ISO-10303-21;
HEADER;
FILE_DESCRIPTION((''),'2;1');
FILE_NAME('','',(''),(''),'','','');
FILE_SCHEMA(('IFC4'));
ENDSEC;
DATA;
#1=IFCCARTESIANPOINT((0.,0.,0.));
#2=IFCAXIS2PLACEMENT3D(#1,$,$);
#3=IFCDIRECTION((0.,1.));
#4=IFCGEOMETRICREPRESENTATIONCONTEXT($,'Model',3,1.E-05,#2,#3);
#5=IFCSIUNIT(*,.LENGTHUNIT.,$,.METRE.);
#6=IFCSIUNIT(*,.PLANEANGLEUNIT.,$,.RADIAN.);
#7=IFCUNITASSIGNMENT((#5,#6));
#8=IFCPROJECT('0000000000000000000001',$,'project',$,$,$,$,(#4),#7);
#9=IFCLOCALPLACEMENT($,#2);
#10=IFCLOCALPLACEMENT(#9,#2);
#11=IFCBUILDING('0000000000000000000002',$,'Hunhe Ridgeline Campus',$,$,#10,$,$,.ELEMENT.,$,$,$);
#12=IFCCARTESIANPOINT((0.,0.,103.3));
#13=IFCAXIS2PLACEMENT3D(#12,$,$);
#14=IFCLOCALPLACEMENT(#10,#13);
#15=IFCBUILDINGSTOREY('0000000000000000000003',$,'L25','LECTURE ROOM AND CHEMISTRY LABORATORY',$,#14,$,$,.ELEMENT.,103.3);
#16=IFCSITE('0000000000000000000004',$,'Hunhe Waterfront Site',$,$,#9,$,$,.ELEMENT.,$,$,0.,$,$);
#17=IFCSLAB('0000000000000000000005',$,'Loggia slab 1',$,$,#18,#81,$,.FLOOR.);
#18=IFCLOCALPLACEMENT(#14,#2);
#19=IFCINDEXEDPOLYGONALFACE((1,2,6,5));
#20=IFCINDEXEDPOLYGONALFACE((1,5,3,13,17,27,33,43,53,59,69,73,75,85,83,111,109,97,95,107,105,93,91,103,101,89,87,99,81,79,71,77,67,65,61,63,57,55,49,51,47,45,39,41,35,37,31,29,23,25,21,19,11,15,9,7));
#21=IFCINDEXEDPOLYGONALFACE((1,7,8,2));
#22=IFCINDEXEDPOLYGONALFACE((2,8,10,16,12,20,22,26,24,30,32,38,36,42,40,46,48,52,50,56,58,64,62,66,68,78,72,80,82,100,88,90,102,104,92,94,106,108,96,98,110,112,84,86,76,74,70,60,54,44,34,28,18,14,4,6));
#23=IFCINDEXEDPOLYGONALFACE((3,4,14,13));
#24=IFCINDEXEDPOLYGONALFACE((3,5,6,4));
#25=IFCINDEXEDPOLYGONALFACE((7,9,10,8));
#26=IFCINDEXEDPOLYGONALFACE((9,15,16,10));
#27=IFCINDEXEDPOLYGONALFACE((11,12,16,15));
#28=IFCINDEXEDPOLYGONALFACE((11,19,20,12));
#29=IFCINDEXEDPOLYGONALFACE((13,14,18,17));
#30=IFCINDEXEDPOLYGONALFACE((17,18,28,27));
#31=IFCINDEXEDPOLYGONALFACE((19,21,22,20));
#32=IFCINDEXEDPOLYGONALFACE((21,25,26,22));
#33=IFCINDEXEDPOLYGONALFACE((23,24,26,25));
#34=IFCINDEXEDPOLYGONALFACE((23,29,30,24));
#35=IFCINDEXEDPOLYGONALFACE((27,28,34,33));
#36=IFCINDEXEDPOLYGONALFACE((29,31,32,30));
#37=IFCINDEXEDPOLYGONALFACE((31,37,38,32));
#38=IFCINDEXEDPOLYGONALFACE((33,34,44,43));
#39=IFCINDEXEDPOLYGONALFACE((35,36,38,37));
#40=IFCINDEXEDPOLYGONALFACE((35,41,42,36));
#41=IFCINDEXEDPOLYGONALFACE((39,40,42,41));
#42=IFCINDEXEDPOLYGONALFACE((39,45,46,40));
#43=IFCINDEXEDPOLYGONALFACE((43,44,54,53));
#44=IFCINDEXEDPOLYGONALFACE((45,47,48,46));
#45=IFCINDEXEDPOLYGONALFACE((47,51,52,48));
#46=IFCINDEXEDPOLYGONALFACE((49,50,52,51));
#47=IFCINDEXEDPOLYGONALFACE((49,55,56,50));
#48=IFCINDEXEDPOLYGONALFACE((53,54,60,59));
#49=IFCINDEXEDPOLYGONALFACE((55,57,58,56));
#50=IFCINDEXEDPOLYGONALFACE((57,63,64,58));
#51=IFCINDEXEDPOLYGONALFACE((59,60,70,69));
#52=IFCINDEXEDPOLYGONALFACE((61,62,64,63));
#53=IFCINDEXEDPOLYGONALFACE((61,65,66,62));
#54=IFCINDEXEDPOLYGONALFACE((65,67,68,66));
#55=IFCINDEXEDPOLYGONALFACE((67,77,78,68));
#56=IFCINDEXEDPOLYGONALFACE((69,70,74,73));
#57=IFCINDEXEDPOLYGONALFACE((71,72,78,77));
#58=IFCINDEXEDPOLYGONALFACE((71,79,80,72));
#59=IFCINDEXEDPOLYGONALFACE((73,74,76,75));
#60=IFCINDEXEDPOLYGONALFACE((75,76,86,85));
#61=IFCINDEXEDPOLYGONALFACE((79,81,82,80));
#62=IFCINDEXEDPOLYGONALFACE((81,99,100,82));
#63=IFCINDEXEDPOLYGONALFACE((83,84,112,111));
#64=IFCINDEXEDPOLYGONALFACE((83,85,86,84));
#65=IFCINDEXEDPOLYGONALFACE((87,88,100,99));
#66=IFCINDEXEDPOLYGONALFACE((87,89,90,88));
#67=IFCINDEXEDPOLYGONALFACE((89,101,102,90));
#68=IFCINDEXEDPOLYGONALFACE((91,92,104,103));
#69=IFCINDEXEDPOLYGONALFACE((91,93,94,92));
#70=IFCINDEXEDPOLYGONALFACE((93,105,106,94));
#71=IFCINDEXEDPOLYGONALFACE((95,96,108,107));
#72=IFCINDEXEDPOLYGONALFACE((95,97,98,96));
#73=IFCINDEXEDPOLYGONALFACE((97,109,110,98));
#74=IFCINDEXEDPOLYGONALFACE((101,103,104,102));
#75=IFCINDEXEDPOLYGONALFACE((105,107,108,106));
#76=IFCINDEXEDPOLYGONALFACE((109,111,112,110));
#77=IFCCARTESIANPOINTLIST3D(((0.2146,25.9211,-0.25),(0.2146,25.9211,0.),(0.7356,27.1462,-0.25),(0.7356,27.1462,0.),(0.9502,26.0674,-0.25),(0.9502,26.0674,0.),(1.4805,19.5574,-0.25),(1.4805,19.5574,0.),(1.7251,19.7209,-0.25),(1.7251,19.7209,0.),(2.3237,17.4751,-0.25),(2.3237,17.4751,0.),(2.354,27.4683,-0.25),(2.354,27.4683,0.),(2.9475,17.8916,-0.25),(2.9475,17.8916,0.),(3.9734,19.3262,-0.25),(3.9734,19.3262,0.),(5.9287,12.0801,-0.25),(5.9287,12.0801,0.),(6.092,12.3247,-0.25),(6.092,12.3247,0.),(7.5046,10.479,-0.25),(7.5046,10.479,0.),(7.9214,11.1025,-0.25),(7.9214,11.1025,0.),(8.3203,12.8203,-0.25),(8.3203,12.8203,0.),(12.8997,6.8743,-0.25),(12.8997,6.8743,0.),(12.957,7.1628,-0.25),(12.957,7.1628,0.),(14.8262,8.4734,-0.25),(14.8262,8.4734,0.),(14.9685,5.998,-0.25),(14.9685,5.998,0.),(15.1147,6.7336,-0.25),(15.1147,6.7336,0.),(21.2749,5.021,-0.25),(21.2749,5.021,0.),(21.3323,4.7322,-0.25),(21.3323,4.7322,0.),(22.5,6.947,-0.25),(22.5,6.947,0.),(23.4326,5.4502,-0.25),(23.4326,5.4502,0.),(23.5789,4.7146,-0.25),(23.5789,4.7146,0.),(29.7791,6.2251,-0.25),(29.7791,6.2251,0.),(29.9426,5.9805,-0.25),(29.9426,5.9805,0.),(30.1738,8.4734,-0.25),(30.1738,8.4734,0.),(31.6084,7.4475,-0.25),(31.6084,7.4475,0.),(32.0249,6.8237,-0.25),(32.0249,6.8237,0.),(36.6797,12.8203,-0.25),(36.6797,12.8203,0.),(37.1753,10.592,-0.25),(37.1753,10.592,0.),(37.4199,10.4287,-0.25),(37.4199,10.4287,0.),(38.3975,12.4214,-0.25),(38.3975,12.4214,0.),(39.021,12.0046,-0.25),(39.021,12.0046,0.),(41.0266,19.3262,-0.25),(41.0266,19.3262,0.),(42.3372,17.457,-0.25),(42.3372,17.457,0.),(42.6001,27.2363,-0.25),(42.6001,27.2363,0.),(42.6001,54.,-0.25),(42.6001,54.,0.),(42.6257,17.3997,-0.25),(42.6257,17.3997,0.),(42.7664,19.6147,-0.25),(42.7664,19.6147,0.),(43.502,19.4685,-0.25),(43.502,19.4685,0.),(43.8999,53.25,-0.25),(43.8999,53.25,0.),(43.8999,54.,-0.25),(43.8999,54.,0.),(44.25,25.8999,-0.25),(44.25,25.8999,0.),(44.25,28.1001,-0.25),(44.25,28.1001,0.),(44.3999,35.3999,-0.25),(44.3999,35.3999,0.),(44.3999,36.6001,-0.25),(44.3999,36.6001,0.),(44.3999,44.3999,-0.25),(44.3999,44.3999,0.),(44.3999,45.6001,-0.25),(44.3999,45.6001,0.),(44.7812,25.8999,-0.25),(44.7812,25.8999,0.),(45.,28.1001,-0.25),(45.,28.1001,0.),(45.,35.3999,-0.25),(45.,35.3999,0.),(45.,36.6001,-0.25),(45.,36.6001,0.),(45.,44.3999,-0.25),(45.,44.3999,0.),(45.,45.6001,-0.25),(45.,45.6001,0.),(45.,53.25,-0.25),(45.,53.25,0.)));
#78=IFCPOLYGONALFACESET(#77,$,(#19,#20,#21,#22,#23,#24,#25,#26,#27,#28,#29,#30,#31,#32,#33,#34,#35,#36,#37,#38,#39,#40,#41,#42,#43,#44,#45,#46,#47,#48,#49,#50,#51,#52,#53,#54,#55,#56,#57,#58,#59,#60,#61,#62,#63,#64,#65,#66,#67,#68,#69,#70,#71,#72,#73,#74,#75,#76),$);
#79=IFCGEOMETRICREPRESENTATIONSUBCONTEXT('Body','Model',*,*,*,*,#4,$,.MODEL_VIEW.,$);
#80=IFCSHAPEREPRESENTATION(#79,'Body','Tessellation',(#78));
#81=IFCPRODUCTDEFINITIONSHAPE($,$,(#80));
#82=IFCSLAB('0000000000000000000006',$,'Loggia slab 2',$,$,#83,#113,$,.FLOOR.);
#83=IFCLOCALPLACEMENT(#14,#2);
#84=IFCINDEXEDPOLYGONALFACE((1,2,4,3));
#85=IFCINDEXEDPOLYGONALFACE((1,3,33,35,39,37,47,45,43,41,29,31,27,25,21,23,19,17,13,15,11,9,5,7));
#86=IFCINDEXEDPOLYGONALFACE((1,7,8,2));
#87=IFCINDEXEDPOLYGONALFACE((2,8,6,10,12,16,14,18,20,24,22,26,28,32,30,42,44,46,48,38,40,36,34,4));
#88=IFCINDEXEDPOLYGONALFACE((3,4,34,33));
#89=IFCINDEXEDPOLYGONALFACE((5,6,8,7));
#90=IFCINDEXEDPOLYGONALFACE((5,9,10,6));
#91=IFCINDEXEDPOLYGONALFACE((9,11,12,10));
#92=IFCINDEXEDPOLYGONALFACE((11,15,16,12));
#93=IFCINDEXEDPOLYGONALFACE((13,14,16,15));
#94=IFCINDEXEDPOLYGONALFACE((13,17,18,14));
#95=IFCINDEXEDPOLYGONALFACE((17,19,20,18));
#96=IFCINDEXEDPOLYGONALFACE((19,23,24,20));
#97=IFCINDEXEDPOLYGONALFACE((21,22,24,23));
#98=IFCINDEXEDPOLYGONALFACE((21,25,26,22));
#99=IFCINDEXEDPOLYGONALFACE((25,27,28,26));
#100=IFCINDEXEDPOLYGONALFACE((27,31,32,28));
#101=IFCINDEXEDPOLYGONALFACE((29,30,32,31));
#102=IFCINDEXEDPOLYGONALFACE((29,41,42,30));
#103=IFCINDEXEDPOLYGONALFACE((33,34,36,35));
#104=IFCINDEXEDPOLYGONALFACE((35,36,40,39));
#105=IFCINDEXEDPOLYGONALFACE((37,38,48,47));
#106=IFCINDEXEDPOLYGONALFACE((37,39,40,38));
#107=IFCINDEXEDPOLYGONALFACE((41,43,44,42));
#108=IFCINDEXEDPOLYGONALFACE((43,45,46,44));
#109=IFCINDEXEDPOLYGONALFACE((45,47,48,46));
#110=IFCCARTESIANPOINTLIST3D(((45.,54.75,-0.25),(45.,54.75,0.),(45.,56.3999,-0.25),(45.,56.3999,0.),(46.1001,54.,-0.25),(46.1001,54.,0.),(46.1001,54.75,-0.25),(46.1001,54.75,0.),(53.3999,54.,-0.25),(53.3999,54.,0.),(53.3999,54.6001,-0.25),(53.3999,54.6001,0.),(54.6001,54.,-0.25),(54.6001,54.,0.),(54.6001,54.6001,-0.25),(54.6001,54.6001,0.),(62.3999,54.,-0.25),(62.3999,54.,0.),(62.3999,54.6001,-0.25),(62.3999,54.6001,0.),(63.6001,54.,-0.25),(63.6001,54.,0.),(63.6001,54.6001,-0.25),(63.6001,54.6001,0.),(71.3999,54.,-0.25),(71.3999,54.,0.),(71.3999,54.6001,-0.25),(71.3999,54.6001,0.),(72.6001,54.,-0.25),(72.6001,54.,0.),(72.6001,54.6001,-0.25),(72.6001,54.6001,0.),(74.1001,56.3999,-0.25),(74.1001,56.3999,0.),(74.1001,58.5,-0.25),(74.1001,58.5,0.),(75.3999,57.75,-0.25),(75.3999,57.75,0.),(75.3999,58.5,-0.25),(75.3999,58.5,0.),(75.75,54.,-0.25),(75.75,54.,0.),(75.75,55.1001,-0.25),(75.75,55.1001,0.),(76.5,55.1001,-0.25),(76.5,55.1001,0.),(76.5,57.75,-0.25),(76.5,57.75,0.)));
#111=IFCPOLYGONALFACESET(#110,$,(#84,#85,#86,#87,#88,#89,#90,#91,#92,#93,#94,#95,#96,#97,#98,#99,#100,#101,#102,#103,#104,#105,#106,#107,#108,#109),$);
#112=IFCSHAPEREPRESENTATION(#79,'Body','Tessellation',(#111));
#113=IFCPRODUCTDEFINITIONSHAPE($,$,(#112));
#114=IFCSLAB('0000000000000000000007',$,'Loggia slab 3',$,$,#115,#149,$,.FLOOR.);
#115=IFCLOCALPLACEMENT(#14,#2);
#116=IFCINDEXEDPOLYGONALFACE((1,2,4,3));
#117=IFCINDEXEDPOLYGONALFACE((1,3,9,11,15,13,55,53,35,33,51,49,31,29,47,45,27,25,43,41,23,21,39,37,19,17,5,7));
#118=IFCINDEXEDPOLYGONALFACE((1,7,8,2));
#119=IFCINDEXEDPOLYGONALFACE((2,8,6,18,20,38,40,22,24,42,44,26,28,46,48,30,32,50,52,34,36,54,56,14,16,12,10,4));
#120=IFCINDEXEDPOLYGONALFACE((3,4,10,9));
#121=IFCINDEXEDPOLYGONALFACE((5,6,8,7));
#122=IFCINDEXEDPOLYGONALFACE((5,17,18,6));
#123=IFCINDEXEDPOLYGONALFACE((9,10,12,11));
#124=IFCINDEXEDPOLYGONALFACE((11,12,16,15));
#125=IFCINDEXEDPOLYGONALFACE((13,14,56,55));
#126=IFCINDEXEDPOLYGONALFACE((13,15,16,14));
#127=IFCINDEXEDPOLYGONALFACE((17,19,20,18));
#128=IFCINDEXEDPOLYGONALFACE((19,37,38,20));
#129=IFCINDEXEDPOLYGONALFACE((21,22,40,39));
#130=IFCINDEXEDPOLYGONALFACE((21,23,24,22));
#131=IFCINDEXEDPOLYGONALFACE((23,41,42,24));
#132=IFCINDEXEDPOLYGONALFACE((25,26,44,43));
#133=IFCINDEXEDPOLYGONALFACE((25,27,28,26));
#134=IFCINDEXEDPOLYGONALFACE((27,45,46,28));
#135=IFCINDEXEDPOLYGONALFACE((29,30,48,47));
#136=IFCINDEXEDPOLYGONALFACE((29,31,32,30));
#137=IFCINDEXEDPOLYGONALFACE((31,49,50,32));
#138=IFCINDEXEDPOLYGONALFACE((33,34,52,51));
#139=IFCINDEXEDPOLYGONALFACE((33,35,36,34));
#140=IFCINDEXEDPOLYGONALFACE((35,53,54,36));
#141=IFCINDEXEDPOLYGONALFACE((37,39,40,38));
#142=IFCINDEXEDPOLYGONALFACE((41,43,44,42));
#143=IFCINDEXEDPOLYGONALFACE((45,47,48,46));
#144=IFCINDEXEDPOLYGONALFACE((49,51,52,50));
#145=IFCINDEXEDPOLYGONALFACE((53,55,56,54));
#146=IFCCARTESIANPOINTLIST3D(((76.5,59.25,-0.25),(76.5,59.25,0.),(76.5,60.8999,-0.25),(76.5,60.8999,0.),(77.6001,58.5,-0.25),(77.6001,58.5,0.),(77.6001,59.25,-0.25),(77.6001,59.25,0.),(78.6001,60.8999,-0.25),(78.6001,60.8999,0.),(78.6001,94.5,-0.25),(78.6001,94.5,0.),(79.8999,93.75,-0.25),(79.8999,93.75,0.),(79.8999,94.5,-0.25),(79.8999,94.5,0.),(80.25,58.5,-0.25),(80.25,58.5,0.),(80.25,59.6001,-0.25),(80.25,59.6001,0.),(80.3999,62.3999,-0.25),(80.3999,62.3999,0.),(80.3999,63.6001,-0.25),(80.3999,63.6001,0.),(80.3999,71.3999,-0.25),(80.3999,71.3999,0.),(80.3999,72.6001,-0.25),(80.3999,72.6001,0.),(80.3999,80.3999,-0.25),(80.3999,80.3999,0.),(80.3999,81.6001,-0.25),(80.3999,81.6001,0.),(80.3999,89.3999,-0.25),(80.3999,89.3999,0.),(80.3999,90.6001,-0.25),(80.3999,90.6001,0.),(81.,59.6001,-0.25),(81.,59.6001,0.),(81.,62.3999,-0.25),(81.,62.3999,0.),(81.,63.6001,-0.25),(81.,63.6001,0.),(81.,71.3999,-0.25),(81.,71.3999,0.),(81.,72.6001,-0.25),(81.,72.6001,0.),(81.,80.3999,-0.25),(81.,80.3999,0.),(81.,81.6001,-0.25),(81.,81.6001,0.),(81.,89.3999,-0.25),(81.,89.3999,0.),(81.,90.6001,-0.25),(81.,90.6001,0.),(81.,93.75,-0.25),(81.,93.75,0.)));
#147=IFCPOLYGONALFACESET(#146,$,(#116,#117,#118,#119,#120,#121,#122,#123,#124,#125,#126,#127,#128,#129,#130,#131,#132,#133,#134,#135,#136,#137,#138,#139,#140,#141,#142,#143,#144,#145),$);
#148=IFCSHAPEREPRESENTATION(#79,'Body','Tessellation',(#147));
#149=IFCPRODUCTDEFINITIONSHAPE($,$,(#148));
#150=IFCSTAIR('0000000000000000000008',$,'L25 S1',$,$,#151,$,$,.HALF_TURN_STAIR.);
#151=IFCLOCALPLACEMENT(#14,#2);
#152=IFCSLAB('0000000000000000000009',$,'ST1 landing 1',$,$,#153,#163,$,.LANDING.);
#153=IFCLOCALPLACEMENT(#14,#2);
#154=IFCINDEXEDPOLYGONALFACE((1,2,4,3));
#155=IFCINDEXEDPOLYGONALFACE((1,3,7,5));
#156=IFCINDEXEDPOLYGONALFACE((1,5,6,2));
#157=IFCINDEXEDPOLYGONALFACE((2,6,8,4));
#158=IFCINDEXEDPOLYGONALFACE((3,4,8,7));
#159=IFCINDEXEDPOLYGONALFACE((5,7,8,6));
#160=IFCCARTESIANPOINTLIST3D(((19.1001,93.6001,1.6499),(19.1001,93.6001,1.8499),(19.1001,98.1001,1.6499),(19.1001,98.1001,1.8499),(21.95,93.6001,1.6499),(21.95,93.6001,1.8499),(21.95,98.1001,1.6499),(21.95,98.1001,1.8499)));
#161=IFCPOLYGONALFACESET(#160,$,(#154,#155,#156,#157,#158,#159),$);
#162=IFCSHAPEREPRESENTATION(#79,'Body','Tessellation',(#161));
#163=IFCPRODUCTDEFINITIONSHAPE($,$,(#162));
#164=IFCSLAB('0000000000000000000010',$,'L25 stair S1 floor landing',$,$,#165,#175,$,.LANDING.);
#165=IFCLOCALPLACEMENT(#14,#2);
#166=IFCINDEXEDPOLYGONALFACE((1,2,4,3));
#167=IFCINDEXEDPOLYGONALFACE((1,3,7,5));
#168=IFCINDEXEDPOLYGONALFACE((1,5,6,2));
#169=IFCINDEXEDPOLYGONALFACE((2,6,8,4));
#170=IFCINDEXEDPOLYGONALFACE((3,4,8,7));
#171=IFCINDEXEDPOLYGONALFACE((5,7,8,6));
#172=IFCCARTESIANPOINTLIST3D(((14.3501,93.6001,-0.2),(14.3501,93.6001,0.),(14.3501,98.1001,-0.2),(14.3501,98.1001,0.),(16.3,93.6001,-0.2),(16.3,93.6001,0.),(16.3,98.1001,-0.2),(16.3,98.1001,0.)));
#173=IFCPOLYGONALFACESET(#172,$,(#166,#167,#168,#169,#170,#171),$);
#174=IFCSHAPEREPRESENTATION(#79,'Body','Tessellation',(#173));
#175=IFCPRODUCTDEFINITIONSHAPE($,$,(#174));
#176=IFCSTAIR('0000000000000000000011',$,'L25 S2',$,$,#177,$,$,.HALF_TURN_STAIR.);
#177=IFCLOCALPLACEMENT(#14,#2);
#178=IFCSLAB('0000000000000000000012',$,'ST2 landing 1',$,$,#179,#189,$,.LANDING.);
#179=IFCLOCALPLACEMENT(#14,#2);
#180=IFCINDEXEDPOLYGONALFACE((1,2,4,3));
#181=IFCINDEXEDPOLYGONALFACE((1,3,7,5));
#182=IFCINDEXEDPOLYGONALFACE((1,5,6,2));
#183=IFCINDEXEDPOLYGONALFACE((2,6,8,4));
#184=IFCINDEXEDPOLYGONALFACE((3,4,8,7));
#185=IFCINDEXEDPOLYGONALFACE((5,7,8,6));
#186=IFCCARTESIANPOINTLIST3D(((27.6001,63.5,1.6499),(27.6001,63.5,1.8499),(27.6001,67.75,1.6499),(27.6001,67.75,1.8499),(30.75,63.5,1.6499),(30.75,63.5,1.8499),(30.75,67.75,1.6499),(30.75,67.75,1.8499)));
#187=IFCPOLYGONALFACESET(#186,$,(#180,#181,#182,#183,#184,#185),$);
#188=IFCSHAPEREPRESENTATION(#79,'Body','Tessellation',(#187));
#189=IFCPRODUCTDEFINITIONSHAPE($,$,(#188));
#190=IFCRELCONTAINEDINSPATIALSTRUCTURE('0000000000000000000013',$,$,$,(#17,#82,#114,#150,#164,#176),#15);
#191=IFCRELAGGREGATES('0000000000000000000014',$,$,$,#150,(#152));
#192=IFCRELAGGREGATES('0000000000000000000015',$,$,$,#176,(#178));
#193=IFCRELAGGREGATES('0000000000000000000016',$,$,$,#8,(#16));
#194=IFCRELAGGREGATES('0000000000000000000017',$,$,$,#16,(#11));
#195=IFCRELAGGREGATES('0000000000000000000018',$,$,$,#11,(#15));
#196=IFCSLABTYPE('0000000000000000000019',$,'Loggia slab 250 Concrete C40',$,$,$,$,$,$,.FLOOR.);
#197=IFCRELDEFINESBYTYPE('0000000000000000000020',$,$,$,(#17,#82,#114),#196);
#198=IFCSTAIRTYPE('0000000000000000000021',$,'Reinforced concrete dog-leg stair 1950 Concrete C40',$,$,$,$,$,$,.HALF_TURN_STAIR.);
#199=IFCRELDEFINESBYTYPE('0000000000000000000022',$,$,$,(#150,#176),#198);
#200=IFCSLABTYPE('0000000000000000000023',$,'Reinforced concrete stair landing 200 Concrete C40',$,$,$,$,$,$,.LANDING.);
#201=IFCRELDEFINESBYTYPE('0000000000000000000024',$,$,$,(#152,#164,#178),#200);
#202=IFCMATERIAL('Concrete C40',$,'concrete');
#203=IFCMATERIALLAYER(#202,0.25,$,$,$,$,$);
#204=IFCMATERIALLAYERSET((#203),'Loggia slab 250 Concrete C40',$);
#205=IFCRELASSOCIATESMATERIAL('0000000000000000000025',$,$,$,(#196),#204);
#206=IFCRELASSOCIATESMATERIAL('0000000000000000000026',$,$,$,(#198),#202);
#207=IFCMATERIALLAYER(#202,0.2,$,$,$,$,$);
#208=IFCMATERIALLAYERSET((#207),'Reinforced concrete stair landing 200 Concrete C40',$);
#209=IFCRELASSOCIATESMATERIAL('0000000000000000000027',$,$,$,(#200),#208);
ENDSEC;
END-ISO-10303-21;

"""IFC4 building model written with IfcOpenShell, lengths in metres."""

from ifc_helpers import new_model, si_unit, direction, frame, origin, place, context, subcontext, project, spatial, polyline, outline, extrude, material, layer, layer_set, type_object, element, aggregate, save


model = new_model("IFC4")

# Units and contexts
model_context = context("Model", 3, precision=1e-05, world=origin(), true_north=direction((0.0, 1.0)))
body_context = subcontext(model_context, "Body", "Model", "MODEL_VIEW")
ifc_project = project(units=[si_unit("LENGTHUNIT", "METRE"), si_unit("PLANEANGLEUNIT", "RADIAN")], contexts=[model_context])

# Site, building, storey
site_placement = place(None, origin())
site = spatial("IfcSite", under=ifc_project, at=site_placement, Name="Hunhe Waterfront Site", CompositionType="ELEMENT", RefElevation=0.0)
building_placement = place(site_placement, origin())
building = spatial("IfcBuilding", under=site, at=building_placement, Name="Hunhe Ridgeline Campus", CompositionType="ELEMENT")
storey_placement = place(building_placement, frame((0.0, 0.0, 103.3)))
storey = spatial("IfcBuildingStorey", under=building, at=storey_placement, Name="L25", Description="LECTURE ROOM AND CHEMISTRY LABORATORY", CompositionType="ELEMENT", Elevation=103.3)

# Slabs
ifc_material_1 = material(Name="Concrete C40", Category="concrete")
ifc_layer_1 = layer(ifc_material_1, 0.25)
ifc_layer_set_1 = layer_set([ifc_layer_1], Name="Loggia slab 250 Concrete C40")
slab_type_1 = type_object("IfcSlabType", Name="Loggia slab 250 Concrete C40", PredefinedType="FLOOR", material=ifc_layer_set_1)
slab_1_placement = place(storey_placement, frame((0.0, 0.0, -0.25)))
element("IfcSlab", 1, at=slab_1_placement, inside=storey, type_object=slab_type_1, Name="Loggia slab 1", PredefinedType="FLOOR", context=body_context, shape_type="SweptSolid", body=[
    extrude(outline(polyline([(30.1738, 8.4734), (22.5, 6.947), (14.8262, 8.4734), (8.3203, 12.8203), (3.9734, 19.3262), (2.354, 27.4683), (0.7356, 27.1462), (0.9502, 26.0674), (0.2146, 25.9211), (1.4805, 19.5574), (1.7251, 19.7209), (2.9475, 17.8916), (2.3237, 17.4751), (5.9287, 12.0801), (6.092, 12.3247), (7.9214, 11.1025), (7.5046, 10.479), (12.8997, 6.8743), (12.957, 7.1628), (15.1147, 6.7336), (14.9685, 5.998), (21.3323, 4.7322), (21.2749, 5.021), (23.4326, 5.4502), (23.5789, 4.7146), (29.9426, 5.9805), (29.7791, 6.2251), (31.6084, 7.4475), (32.0249, 6.8237), (37.4199, 10.4287), (37.1753, 10.592), (38.3975, 12.4214), (39.021, 12.0046), (42.6257, 17.3997), (42.3372, 17.457), (42.7664, 19.6147), (43.502, 19.4685), (44.7812, 25.8999), (44.25, 25.8999), (44.25, 28.1001), (45.0, 28.1001), (45.0, 35.3999), (44.3999, 35.3999), (44.3999, 36.6001), (45.0, 36.6001), (45.0, 44.3999), (44.3999, 44.3999), (44.3999, 45.6001), (45.0, 45.6001), (45.0, 53.25), (43.8999, 53.25), (43.8999, 54.0), (42.6001, 54.0), (42.6001, 27.2363), (41.0266, 19.3262), (36.6797, 12.8203), (30.1738, 8.4734)])), origin(), (0.0, 0.0, 1.0), 0.25),
])
slab_2_placement = place(storey_placement, frame((0.0, 0.0, -0.25)))
element("IfcSlab", 2, at=slab_2_placement, inside=storey, type_object=slab_type_1, Name="Loggia slab 2", PredefinedType="FLOOR", context=body_context, shape_type="SweptSolid", body=[
    extrude(outline(polyline([(45.0, 54.75), (46.1001, 54.75), (46.1001, 54.0), (53.3999, 54.0), (53.3999, 54.6001), (54.6001, 54.6001), (54.6001, 54.0), (62.3999, 54.0), (62.3999, 54.6001), (63.6001, 54.6001), (63.6001, 54.0), (71.3999, 54.0), (71.3999, 54.6001), (72.6001, 54.6001), (72.6001, 54.0), (75.75, 54.0), (75.75, 55.1001), (76.5, 55.1001), (76.5, 57.75), (75.3999, 57.75), (75.3999, 58.5), (74.1001, 58.5), (74.1001, 56.3999), (45.0, 56.3999), (45.0, 54.75)])), origin(), (0.0, 0.0, 1.0), 0.25),
])
slab_3_placement = place(storey_placement, frame((0.0, 0.0, -0.25)))
element("IfcSlab", 3, at=slab_3_placement, inside=storey, type_object=slab_type_1, Name="Loggia slab 3", PredefinedType="FLOOR", context=body_context, shape_type="SweptSolid", body=[
    extrude(outline(polyline([(76.5, 59.25), (77.6001, 59.25), (77.6001, 58.5), (80.25, 58.5), (80.25, 59.6001), (81.0, 59.6001), (81.0, 62.3999), (80.3999, 62.3999), (80.3999, 63.6001), (81.0, 63.6001), (81.0, 71.3999), (80.3999, 71.3999), (80.3999, 72.6001), (81.0, 72.6001), (81.0, 80.3999), (80.3999, 80.3999), (80.3999, 81.6001), (81.0, 81.6001), (81.0, 89.3999), (80.3999, 89.3999), (80.3999, 90.6001), (81.0, 90.6001), (81.0, 93.75), (79.8999, 93.75), (79.8999, 94.5), (78.6001, 94.5), (78.6001, 60.8999), (76.5, 60.8999), (76.5, 59.25)])), origin(), (0.0, 0.0, 1.0), 0.25),
])

# Stair, slab
stair_type = type_object("IfcStairType", Name="Reinforced concrete dog-leg stair 1950 Concrete C40", PredefinedType="HALF_TURN_STAIR", material=ifc_material_1)
stair_1_placement = place(storey_placement, origin())
stair_1 = element("IfcStair", 4, at=stair_1_placement, inside=storey, type_object=stair_type, Name="L25 S1", PredefinedType="HALF_TURN_STAIR")
ifc_layer_2 = layer(ifc_material_1, 0.2)
ifc_layer_set_2 = layer_set([ifc_layer_2], Name="Reinforced concrete stair landing 200 Concrete C40")
slab_type_2 = type_object("IfcSlabType", Name="Reinforced concrete stair landing 200 Concrete C40", PredefinedType="LANDING", material=ifc_layer_set_2)
slab_4_placement = place(storey_placement, frame((0.0, 0.0, 1.6499)))
slab_4 = element("IfcSlab", 5, at=slab_4_placement, type_object=slab_type_2, Name="ST1 landing 1", PredefinedType="LANDING", context=body_context, shape_type="SweptSolid", body=[
    extrude(outline(polyline([(19.1001, 93.6001), (21.95, 93.6001), (21.95, 98.1001), (19.1001, 98.1001), (19.1001, 93.6001)])), origin(), (0.0, 0.0, 1.0), 0.2),
])
aggregate(stair_1, [slab_4])

# Slab
slab_5_placement = place(storey_placement, frame((0.0, 0.0, -0.2)))
element("IfcSlab", 6, at=slab_5_placement, inside=storey, type_object=slab_type_2, Name="L25 stair S1 floor landing", PredefinedType="LANDING", context=body_context, shape_type="SweptSolid", body=[
    extrude(outline(polyline([(14.3501, 93.6001), (16.3, 93.6001), (16.3, 98.1001), (14.3501, 98.1001), (14.3501, 93.6001)])), origin(), (0.0, 0.0, 1.0), 0.2),
])

# Stair, slab
stair_2_placement = place(storey_placement, origin())
stair_2 = element("IfcStair", 7, at=stair_2_placement, inside=storey, type_object=stair_type, Name="L25 S2", PredefinedType="HALF_TURN_STAIR")
slab_6_placement = place(storey_placement, frame((0.0, 0.0, 1.6499)))
slab_6 = element("IfcSlab", 8, at=slab_6_placement, type_object=slab_type_2, Name="ST2 landing 1", PredefinedType="LANDING", context=body_context, shape_type="SweptSolid", body=[
    extrude(outline(polyline([(30.75, 67.75), (27.6001, 67.75), (27.6001, 63.5), (30.75, 63.5), (30.75, 67.75)])), origin(), (0.0, 0.0, 1.0), 0.2),
])
aggregate(stair_2, [slab_6])

save(model, "model.ifc")
